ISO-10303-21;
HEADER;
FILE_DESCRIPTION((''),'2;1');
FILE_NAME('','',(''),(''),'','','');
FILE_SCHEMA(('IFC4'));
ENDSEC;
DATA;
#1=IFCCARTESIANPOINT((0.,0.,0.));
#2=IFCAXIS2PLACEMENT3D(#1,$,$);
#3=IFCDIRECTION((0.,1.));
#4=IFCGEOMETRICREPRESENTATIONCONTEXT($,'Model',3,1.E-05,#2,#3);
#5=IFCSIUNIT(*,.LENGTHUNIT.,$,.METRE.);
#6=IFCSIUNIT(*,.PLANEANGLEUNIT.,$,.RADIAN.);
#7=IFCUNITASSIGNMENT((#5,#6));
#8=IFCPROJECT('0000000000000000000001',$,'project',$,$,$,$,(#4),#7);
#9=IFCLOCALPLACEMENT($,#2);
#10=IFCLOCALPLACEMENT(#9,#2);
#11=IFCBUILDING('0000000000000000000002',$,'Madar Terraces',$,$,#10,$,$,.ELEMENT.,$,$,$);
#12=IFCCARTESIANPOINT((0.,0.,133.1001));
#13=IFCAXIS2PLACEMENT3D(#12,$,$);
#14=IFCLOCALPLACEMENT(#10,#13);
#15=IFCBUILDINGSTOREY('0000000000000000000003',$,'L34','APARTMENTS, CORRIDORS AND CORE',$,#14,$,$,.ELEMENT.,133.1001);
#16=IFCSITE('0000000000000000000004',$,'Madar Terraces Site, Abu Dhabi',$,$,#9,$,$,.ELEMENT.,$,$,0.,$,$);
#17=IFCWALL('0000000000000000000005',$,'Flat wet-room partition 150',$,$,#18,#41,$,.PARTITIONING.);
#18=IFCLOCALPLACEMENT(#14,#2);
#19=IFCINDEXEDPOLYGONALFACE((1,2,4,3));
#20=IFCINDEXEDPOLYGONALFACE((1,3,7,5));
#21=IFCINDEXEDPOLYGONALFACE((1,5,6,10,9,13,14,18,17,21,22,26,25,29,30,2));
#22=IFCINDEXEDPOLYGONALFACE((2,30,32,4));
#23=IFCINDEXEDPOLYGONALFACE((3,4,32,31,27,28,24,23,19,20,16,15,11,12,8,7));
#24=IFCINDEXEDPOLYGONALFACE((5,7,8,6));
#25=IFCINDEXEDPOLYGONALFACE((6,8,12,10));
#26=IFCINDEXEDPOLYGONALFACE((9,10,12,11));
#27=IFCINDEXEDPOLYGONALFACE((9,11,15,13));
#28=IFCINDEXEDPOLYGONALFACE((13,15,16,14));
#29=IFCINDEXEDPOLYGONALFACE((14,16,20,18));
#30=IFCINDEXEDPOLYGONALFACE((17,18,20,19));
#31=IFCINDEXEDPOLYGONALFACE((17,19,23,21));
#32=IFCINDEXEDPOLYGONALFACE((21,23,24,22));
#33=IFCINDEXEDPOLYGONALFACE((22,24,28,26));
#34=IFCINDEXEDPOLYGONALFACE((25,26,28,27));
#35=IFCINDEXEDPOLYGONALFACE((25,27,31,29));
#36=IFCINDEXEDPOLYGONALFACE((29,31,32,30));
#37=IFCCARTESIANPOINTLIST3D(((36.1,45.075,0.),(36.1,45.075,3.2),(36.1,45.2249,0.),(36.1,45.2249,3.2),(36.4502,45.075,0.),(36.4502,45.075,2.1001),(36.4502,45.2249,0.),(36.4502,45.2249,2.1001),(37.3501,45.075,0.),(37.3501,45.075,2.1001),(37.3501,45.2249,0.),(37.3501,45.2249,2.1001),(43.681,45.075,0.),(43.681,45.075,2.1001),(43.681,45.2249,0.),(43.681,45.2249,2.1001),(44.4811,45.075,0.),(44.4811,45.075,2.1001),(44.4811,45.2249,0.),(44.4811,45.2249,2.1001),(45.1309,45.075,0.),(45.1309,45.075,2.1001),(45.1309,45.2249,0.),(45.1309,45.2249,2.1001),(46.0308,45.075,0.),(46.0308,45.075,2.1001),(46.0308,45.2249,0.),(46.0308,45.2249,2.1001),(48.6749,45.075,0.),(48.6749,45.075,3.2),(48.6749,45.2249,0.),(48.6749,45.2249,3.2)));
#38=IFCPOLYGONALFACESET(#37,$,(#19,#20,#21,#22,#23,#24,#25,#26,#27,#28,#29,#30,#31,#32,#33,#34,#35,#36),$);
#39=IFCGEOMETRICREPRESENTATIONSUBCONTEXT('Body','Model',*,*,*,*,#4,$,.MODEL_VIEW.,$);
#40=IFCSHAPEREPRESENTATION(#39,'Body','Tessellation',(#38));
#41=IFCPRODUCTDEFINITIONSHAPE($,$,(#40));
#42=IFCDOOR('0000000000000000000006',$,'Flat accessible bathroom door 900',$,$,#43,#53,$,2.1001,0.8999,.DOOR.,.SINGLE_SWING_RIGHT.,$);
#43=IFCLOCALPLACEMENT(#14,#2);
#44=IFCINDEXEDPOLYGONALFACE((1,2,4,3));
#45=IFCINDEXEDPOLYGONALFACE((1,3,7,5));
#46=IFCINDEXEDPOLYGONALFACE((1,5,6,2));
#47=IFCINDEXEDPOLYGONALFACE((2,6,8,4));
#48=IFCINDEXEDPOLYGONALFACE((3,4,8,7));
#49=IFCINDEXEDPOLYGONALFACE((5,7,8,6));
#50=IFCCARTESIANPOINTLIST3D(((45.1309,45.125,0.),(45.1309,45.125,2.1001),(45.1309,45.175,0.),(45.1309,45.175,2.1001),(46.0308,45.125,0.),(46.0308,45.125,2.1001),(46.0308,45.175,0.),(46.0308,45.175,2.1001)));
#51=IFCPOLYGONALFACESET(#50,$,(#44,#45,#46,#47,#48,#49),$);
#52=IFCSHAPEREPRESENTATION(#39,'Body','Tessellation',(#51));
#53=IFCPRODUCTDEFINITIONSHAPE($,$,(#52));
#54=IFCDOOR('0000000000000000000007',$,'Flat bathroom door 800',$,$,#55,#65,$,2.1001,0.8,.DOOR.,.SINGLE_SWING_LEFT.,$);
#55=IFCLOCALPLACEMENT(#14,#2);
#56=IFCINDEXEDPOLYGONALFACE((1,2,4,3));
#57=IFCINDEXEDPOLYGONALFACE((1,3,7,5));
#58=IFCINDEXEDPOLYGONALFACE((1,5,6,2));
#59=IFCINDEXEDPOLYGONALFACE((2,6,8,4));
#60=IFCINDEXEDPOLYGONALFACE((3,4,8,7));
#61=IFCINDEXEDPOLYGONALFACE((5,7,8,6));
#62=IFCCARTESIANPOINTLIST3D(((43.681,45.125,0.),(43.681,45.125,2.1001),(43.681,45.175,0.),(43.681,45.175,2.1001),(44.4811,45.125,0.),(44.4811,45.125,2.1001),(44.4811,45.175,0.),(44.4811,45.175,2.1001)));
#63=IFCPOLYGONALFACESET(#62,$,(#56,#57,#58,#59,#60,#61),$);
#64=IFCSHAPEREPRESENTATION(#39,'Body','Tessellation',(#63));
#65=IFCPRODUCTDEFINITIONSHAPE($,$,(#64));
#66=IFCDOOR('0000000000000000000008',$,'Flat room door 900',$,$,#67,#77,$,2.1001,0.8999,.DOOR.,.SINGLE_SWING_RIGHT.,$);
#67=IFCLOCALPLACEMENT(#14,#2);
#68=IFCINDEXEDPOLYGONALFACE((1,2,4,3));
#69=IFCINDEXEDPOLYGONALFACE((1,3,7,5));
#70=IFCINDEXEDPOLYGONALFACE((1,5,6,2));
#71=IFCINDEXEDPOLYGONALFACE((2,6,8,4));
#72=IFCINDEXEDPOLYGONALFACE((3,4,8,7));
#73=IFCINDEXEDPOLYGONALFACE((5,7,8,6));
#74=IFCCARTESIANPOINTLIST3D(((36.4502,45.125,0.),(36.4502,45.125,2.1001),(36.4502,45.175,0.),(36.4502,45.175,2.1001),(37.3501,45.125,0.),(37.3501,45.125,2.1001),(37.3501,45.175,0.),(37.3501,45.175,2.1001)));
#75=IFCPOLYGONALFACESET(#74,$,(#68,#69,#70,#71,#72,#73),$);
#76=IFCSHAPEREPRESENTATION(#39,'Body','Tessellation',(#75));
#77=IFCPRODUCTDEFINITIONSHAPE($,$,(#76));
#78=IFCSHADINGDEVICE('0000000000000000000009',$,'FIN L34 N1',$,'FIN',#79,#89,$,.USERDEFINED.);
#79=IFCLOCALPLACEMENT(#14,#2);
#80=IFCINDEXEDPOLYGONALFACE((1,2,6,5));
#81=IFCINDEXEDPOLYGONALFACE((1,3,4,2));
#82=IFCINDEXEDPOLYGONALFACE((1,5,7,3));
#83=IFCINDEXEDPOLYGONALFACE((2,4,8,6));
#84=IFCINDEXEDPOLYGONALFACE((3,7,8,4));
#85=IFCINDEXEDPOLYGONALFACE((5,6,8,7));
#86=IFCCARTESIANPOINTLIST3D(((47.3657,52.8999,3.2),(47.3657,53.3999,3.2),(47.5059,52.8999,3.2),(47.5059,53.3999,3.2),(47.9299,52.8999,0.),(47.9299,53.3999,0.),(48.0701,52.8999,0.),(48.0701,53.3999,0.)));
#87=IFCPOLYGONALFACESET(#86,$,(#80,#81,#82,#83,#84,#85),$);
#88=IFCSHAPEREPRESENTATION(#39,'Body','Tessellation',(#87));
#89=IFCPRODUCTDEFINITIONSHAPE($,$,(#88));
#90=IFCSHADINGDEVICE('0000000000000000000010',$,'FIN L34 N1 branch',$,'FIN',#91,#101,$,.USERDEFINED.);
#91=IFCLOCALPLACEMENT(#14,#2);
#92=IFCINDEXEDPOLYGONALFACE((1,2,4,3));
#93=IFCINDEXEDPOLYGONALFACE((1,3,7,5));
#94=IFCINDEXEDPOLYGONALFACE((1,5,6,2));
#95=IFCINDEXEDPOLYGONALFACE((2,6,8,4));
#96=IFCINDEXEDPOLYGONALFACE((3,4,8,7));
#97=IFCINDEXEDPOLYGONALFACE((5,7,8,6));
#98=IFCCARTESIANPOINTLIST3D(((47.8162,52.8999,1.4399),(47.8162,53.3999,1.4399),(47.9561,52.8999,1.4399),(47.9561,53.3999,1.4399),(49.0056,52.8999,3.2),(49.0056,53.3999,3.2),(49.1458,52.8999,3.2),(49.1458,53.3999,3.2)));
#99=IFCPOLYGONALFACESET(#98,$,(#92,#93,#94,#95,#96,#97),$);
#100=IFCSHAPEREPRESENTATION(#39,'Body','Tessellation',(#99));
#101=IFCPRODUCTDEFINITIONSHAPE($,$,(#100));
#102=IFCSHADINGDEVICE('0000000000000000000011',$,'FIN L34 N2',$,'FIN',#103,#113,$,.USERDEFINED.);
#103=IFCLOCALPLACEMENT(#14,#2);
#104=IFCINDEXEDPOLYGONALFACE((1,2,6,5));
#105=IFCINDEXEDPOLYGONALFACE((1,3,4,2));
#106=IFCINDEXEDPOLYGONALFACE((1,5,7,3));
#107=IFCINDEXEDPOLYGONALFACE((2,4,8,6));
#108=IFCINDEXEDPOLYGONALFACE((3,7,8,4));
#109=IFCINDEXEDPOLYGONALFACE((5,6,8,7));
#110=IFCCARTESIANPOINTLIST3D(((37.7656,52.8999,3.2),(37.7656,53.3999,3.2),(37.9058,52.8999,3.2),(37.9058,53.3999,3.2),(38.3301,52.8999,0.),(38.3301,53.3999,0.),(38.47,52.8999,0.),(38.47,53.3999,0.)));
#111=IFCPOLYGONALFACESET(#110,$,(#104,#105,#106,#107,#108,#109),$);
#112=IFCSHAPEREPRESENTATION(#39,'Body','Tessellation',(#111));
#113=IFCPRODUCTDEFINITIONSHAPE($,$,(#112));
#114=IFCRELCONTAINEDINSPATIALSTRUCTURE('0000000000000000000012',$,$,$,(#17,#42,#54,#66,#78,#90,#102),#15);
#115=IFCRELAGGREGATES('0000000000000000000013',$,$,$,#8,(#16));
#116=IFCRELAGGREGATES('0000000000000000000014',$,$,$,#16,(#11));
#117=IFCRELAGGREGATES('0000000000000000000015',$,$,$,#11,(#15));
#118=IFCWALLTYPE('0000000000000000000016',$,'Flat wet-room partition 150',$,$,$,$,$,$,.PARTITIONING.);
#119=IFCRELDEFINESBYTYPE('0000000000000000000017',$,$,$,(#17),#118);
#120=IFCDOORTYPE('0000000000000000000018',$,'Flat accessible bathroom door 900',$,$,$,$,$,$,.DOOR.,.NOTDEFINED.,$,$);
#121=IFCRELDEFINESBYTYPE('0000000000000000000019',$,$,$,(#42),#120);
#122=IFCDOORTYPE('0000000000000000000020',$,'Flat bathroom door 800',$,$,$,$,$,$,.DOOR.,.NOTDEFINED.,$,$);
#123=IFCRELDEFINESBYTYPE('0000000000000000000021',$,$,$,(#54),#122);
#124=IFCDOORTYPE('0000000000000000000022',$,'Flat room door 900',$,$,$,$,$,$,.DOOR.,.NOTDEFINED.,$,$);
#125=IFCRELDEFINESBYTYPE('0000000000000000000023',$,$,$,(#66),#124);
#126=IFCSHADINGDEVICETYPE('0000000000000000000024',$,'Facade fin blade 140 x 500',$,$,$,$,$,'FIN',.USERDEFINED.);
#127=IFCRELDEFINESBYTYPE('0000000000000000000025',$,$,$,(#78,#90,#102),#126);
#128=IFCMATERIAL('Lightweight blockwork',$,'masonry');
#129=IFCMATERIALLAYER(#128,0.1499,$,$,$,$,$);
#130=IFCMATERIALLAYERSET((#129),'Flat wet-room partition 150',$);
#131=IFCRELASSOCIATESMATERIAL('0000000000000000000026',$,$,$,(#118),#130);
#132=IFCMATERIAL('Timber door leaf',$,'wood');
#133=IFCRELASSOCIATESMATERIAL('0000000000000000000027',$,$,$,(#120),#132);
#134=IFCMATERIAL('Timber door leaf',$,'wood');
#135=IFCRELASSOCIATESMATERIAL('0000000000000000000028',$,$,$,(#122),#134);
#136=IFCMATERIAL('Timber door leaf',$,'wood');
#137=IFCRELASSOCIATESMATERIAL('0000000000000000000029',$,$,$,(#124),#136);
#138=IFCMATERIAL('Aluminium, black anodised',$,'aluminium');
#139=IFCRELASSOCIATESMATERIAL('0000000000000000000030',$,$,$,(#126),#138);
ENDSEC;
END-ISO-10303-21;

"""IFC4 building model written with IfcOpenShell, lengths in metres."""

from ifc_helpers import new_model, si_unit, direction, frame, frame_2d, origin, place, context, subcontext, project, spatial, polyline, rectangle, outline, extrude, material, layer, layer_set, type_object, element, fill, save


model = new_model("IFC4")

# Units and contexts
model_context = context("Model", 3, precision=1e-05, world=origin(), true_north=direction((0.0, 1.0)))
body_context = subcontext(model_context, "Body", "Model", "MODEL_VIEW")
ifc_project = project(units=[si_unit("LENGTHUNIT", "METRE"), si_unit("PLANEANGLEUNIT", "RADIAN")], contexts=[model_context])

# Site, building, storey
site_placement = place(None, origin())
site = spatial("IfcSite", under=ifc_project, at=site_placement, Name="Madar Terraces Site, Abu Dhabi", CompositionType="ELEMENT", RefElevation=0.0)
building_placement = place(site_placement, origin())
building = spatial("IfcBuilding", under=site, at=building_placement, Name="Madar Terraces", CompositionType="ELEMENT")
storey_placement = place(building_placement, frame((0.0, 0.0, 133.1001)))
storey = spatial("IfcBuildingStorey", under=building, at=storey_placement, Name="L34", Description="APARTMENTS, CORRIDORS AND CORE", CompositionType="ELEMENT", Elevation=133.1001)

# Shared definitions
ifc_material_1 = material(Name="Lightweight blockwork", Category="masonry")
ifc_layer_1 = layer(ifc_material_1, 0.1499)
ifc_layer_set_1 = layer_set([ifc_layer_1], Name="Flat wet-room partition 150")
wall_type_1 = type_object("IfcWallType", Name="Flat wet-room partition 150", PredefinedType="PARTITIONING", material=ifc_layer_set_1)

# Wall, openings, doors
wall_1_placement = place(storey_placement, frame((48.675, 45.1499, 0.0), z_axis=(0.0, 0.0, 1.0), x_axis=(-1.0, 0.0, 0.0)))
wall_1 = element("IfcWall", 1, at=wall_1_placement, inside=storey, type_object=wall_type_1, Name="Flat wet-room partition 150", PredefinedType="PARTITIONING", context=body_context, shape_type="SweptSolid", body=[
    extrude(rectangle(XDim=12.575, YDim=0.1499, at=frame_2d((6.2876, 0.0))), origin(), (0.0, 0.0, 1.0), 3.2),
])
opening_1_placement = place(wall_1_placement, frame((2.6443, 0.0, 0.0)))
opening_1 = element("IfcOpeningElement", 2, at=opening_1_placement, cuts=wall_1, PredefinedType="OPENING", context=body_context, shape_type="SweptSolid", body=[
    extrude(rectangle(XDim=0.8999, YDim=2.1001, at=frame_2d((0.45, 1.05))), frame((0.0, 0.085, 0.0), z_axis=(0.0, -1.0, 0.0), x_axis=(1.0, 0.0, 0.0)), (0.0, 0.0, 1.0), 0.1699),
])
opening_2_placement = place(wall_1_placement, frame((4.1941, 0.0, 0.0)))
opening_2 = element("IfcOpeningElement", 3, at=opening_2_placement, cuts=wall_1, PredefinedType="OPENING", context=body_context, shape_type="SweptSolid", body=[
    extrude(rectangle(XDim=0.8, YDim=2.1001, at=frame_2d((0.3999, 1.05))), frame((0.0, 0.085, 0.0), z_axis=(0.0, -1.0, 0.0), x_axis=(1.0, 0.0, 0.0)), (0.0, 0.0, 1.0), 0.1699),
])
opening_3_placement = place(wall_1_placement, frame((11.325, 0.0, 0.0)))
opening_3 = element("IfcOpeningElement", 4, at=opening_3_placement, cuts=wall_1, PredefinedType="OPENING", context=body_context, shape_type="SweptSolid", body=[
    extrude(rectangle(XDim=0.8999, YDim=2.1001, at=frame_2d((0.45, 1.05))), frame((0.0, 0.085, 0.0), z_axis=(0.0, -1.0, 0.0), x_axis=(1.0, 0.0, 0.0)), (0.0, 0.0, 1.0), 0.1699),
])
ifc_material_2 = material(Name="Timber door leaf", Category="wood")
door_type_1 = type_object("IfcDoorType", Name="Flat accessible bathroom door 900", OperationType="NOTDEFINED", PredefinedType="DOOR", material=ifc_material_2)
door_1_placement = place(opening_1_placement, origin())
door_1 = element("IfcDoor", 5, at=door_1_placement, inside=storey, type_object=door_type_1, Name="Flat accessible bathroom door 900", OperationType="SINGLE_SWING_RIGHT", OverallHeight=2.1001, OverallWidth=0.8999, PredefinedType="DOOR", context=body_context, shape_type="SweptSolid", body=[
    extrude(rectangle(XDim=0.8999, YDim=2.1001, at=frame_2d((0.45, 1.05))), frame((0.0, 0.0249, 0.0), z_axis=(0.0, -1.0, 0.0), x_axis=(1.0, 0.0, 0.0)), (0.0, 0.0, 1.0), 0.05),
])
fill(opening_1, door_1)
ifc_material_3 = material(Name="Timber door leaf", Category="wood")
door_type_2 = type_object("IfcDoorType", Name="Flat bathroom door 800", OperationType="NOTDEFINED", PredefinedType="DOOR", material=ifc_material_3)
door_2_placement = place(opening_2_placement, origin())
door_2 = element("IfcDoor", 6, at=door_2_placement, inside=storey, type_object=door_type_2, Name="Flat bathroom door 800", OperationType="SINGLE_SWING_LEFT", OverallHeight=2.1001, OverallWidth=0.8, PredefinedType="DOOR", context=body_context, shape_type="SweptSolid", body=[
    extrude(rectangle(XDim=0.8, YDim=2.1001, at=frame_2d((0.3999, 1.05))), frame((0.0, 0.0249, 0.0), z_axis=(0.0, -1.0, 0.0), x_axis=(1.0, 0.0, 0.0)), (0.0, 0.0, 1.0), 0.05),
])
fill(opening_2, door_2)
ifc_material_4 = material(Name="Timber door leaf", Category="wood")
door_type_3 = type_object("IfcDoorType", Name="Flat room door 900", OperationType="NOTDEFINED", PredefinedType="DOOR", material=ifc_material_4)
door_3_placement = place(opening_3_placement, origin())
door_3 = element("IfcDoor", 7, at=door_3_placement, inside=storey, type_object=door_type_3, Name="Flat room door 900", OperationType="SINGLE_SWING_RIGHT", OverallHeight=2.1001, OverallWidth=0.8999, PredefinedType="DOOR", context=body_context, shape_type="SweptSolid", body=[
    extrude(rectangle(XDim=0.8999, YDim=2.1001, at=frame_2d((0.45, 1.05))), frame((0.0, 0.0249, 0.0), z_axis=(0.0, -1.0, 0.0), x_axis=(1.0, 0.0, 0.0)), (0.0, 0.0, 1.0), 0.05),
])
fill(opening_3, door_3)

# Shading devices
ifc_material_5 = material(Name="Aluminium, black anodised", Category="aluminium")
shading_device_type = type_object("IfcShadingDeviceType", Name="Facade fin blade 140 x 500", ElementType="FIN", PredefinedType="USERDEFINED", material=ifc_material_5)
shading_device_1_placement = place(storey_placement, frame((48.0701, 53.1499, 0.0), z_axis=(0.0, 0.0, 1.0), x_axis=(-1.0, 0.0, 0.0)))
element("IfcShadingDevice", 8, at=shading_device_1_placement, inside=storey, type_object=shading_device_type, Name="FIN L34 N1", ObjectType="FIN", PredefinedType="USERDEFINED", context=body_context, shape_type="SweptSolid", body=[
    extrude(outline(polyline([(0.0, 0.0), (0.1401, 0.0), (0.7043, 3.2), (0.5642, 3.2), (0.0, 0.0)])), frame((0.0, 0.25, 0.0), z_axis=(0.0, -1.0, 0.0), x_axis=(1.0, 0.0, 0.0)), (0.0, 0.0, 1.0), 0.5),
])
shading_device_2_placement = place(storey_placement, frame((47.9561, 53.1499, 1.4399), z_axis=(0.0, 0.0, 1.0), x_axis=(-1.0, 0.0, 0.0)))
element("IfcShadingDevice", 9, at=shading_device_2_placement, inside=storey, type_object=shading_device_type, Name="FIN L34 N1 branch", ObjectType="FIN", PredefinedType="USERDEFINED", context=body_context, shape_type="SweptSolid", body=[
    extrude(outline(polyline([(0.0, 0.0), (0.1399, 0.0), (-1.0496, 1.76), (-1.1897, 1.76), (0.0, 0.0)])), frame((0.0, 0.25, 0.0), z_axis=(0.0, -1.0, 0.0), x_axis=(1.0, 0.0, 0.0)), (0.0, 0.0, 1.0), 0.5),
])
shading_device_3_placement = place(storey_placement, frame((38.47, 53.1499, 0.0), z_axis=(0.0, 0.0, 1.0), x_axis=(-1.0, 0.0, 0.0)))
element("IfcShadingDevice", 10, at=shading_device_3_placement, inside=storey, type_object=shading_device_type, Name="FIN L34 N2", ObjectType="FIN", PredefinedType="USERDEFINED", context=body_context, shape_type="SweptSolid", body=[
    extrude(outline(polyline([(0.0, 0.0), (0.1399, 0.0), (0.7043, 3.2), (0.5642, 3.2), (0.0, 0.0)])), frame((0.0, 0.25, 0.0), z_axis=(0.0, -1.0, 0.0), x_axis=(1.0, 0.0, 0.0)), (0.0, 0.0, 1.0), 0.5),
])

save(model, "model.ifc")
